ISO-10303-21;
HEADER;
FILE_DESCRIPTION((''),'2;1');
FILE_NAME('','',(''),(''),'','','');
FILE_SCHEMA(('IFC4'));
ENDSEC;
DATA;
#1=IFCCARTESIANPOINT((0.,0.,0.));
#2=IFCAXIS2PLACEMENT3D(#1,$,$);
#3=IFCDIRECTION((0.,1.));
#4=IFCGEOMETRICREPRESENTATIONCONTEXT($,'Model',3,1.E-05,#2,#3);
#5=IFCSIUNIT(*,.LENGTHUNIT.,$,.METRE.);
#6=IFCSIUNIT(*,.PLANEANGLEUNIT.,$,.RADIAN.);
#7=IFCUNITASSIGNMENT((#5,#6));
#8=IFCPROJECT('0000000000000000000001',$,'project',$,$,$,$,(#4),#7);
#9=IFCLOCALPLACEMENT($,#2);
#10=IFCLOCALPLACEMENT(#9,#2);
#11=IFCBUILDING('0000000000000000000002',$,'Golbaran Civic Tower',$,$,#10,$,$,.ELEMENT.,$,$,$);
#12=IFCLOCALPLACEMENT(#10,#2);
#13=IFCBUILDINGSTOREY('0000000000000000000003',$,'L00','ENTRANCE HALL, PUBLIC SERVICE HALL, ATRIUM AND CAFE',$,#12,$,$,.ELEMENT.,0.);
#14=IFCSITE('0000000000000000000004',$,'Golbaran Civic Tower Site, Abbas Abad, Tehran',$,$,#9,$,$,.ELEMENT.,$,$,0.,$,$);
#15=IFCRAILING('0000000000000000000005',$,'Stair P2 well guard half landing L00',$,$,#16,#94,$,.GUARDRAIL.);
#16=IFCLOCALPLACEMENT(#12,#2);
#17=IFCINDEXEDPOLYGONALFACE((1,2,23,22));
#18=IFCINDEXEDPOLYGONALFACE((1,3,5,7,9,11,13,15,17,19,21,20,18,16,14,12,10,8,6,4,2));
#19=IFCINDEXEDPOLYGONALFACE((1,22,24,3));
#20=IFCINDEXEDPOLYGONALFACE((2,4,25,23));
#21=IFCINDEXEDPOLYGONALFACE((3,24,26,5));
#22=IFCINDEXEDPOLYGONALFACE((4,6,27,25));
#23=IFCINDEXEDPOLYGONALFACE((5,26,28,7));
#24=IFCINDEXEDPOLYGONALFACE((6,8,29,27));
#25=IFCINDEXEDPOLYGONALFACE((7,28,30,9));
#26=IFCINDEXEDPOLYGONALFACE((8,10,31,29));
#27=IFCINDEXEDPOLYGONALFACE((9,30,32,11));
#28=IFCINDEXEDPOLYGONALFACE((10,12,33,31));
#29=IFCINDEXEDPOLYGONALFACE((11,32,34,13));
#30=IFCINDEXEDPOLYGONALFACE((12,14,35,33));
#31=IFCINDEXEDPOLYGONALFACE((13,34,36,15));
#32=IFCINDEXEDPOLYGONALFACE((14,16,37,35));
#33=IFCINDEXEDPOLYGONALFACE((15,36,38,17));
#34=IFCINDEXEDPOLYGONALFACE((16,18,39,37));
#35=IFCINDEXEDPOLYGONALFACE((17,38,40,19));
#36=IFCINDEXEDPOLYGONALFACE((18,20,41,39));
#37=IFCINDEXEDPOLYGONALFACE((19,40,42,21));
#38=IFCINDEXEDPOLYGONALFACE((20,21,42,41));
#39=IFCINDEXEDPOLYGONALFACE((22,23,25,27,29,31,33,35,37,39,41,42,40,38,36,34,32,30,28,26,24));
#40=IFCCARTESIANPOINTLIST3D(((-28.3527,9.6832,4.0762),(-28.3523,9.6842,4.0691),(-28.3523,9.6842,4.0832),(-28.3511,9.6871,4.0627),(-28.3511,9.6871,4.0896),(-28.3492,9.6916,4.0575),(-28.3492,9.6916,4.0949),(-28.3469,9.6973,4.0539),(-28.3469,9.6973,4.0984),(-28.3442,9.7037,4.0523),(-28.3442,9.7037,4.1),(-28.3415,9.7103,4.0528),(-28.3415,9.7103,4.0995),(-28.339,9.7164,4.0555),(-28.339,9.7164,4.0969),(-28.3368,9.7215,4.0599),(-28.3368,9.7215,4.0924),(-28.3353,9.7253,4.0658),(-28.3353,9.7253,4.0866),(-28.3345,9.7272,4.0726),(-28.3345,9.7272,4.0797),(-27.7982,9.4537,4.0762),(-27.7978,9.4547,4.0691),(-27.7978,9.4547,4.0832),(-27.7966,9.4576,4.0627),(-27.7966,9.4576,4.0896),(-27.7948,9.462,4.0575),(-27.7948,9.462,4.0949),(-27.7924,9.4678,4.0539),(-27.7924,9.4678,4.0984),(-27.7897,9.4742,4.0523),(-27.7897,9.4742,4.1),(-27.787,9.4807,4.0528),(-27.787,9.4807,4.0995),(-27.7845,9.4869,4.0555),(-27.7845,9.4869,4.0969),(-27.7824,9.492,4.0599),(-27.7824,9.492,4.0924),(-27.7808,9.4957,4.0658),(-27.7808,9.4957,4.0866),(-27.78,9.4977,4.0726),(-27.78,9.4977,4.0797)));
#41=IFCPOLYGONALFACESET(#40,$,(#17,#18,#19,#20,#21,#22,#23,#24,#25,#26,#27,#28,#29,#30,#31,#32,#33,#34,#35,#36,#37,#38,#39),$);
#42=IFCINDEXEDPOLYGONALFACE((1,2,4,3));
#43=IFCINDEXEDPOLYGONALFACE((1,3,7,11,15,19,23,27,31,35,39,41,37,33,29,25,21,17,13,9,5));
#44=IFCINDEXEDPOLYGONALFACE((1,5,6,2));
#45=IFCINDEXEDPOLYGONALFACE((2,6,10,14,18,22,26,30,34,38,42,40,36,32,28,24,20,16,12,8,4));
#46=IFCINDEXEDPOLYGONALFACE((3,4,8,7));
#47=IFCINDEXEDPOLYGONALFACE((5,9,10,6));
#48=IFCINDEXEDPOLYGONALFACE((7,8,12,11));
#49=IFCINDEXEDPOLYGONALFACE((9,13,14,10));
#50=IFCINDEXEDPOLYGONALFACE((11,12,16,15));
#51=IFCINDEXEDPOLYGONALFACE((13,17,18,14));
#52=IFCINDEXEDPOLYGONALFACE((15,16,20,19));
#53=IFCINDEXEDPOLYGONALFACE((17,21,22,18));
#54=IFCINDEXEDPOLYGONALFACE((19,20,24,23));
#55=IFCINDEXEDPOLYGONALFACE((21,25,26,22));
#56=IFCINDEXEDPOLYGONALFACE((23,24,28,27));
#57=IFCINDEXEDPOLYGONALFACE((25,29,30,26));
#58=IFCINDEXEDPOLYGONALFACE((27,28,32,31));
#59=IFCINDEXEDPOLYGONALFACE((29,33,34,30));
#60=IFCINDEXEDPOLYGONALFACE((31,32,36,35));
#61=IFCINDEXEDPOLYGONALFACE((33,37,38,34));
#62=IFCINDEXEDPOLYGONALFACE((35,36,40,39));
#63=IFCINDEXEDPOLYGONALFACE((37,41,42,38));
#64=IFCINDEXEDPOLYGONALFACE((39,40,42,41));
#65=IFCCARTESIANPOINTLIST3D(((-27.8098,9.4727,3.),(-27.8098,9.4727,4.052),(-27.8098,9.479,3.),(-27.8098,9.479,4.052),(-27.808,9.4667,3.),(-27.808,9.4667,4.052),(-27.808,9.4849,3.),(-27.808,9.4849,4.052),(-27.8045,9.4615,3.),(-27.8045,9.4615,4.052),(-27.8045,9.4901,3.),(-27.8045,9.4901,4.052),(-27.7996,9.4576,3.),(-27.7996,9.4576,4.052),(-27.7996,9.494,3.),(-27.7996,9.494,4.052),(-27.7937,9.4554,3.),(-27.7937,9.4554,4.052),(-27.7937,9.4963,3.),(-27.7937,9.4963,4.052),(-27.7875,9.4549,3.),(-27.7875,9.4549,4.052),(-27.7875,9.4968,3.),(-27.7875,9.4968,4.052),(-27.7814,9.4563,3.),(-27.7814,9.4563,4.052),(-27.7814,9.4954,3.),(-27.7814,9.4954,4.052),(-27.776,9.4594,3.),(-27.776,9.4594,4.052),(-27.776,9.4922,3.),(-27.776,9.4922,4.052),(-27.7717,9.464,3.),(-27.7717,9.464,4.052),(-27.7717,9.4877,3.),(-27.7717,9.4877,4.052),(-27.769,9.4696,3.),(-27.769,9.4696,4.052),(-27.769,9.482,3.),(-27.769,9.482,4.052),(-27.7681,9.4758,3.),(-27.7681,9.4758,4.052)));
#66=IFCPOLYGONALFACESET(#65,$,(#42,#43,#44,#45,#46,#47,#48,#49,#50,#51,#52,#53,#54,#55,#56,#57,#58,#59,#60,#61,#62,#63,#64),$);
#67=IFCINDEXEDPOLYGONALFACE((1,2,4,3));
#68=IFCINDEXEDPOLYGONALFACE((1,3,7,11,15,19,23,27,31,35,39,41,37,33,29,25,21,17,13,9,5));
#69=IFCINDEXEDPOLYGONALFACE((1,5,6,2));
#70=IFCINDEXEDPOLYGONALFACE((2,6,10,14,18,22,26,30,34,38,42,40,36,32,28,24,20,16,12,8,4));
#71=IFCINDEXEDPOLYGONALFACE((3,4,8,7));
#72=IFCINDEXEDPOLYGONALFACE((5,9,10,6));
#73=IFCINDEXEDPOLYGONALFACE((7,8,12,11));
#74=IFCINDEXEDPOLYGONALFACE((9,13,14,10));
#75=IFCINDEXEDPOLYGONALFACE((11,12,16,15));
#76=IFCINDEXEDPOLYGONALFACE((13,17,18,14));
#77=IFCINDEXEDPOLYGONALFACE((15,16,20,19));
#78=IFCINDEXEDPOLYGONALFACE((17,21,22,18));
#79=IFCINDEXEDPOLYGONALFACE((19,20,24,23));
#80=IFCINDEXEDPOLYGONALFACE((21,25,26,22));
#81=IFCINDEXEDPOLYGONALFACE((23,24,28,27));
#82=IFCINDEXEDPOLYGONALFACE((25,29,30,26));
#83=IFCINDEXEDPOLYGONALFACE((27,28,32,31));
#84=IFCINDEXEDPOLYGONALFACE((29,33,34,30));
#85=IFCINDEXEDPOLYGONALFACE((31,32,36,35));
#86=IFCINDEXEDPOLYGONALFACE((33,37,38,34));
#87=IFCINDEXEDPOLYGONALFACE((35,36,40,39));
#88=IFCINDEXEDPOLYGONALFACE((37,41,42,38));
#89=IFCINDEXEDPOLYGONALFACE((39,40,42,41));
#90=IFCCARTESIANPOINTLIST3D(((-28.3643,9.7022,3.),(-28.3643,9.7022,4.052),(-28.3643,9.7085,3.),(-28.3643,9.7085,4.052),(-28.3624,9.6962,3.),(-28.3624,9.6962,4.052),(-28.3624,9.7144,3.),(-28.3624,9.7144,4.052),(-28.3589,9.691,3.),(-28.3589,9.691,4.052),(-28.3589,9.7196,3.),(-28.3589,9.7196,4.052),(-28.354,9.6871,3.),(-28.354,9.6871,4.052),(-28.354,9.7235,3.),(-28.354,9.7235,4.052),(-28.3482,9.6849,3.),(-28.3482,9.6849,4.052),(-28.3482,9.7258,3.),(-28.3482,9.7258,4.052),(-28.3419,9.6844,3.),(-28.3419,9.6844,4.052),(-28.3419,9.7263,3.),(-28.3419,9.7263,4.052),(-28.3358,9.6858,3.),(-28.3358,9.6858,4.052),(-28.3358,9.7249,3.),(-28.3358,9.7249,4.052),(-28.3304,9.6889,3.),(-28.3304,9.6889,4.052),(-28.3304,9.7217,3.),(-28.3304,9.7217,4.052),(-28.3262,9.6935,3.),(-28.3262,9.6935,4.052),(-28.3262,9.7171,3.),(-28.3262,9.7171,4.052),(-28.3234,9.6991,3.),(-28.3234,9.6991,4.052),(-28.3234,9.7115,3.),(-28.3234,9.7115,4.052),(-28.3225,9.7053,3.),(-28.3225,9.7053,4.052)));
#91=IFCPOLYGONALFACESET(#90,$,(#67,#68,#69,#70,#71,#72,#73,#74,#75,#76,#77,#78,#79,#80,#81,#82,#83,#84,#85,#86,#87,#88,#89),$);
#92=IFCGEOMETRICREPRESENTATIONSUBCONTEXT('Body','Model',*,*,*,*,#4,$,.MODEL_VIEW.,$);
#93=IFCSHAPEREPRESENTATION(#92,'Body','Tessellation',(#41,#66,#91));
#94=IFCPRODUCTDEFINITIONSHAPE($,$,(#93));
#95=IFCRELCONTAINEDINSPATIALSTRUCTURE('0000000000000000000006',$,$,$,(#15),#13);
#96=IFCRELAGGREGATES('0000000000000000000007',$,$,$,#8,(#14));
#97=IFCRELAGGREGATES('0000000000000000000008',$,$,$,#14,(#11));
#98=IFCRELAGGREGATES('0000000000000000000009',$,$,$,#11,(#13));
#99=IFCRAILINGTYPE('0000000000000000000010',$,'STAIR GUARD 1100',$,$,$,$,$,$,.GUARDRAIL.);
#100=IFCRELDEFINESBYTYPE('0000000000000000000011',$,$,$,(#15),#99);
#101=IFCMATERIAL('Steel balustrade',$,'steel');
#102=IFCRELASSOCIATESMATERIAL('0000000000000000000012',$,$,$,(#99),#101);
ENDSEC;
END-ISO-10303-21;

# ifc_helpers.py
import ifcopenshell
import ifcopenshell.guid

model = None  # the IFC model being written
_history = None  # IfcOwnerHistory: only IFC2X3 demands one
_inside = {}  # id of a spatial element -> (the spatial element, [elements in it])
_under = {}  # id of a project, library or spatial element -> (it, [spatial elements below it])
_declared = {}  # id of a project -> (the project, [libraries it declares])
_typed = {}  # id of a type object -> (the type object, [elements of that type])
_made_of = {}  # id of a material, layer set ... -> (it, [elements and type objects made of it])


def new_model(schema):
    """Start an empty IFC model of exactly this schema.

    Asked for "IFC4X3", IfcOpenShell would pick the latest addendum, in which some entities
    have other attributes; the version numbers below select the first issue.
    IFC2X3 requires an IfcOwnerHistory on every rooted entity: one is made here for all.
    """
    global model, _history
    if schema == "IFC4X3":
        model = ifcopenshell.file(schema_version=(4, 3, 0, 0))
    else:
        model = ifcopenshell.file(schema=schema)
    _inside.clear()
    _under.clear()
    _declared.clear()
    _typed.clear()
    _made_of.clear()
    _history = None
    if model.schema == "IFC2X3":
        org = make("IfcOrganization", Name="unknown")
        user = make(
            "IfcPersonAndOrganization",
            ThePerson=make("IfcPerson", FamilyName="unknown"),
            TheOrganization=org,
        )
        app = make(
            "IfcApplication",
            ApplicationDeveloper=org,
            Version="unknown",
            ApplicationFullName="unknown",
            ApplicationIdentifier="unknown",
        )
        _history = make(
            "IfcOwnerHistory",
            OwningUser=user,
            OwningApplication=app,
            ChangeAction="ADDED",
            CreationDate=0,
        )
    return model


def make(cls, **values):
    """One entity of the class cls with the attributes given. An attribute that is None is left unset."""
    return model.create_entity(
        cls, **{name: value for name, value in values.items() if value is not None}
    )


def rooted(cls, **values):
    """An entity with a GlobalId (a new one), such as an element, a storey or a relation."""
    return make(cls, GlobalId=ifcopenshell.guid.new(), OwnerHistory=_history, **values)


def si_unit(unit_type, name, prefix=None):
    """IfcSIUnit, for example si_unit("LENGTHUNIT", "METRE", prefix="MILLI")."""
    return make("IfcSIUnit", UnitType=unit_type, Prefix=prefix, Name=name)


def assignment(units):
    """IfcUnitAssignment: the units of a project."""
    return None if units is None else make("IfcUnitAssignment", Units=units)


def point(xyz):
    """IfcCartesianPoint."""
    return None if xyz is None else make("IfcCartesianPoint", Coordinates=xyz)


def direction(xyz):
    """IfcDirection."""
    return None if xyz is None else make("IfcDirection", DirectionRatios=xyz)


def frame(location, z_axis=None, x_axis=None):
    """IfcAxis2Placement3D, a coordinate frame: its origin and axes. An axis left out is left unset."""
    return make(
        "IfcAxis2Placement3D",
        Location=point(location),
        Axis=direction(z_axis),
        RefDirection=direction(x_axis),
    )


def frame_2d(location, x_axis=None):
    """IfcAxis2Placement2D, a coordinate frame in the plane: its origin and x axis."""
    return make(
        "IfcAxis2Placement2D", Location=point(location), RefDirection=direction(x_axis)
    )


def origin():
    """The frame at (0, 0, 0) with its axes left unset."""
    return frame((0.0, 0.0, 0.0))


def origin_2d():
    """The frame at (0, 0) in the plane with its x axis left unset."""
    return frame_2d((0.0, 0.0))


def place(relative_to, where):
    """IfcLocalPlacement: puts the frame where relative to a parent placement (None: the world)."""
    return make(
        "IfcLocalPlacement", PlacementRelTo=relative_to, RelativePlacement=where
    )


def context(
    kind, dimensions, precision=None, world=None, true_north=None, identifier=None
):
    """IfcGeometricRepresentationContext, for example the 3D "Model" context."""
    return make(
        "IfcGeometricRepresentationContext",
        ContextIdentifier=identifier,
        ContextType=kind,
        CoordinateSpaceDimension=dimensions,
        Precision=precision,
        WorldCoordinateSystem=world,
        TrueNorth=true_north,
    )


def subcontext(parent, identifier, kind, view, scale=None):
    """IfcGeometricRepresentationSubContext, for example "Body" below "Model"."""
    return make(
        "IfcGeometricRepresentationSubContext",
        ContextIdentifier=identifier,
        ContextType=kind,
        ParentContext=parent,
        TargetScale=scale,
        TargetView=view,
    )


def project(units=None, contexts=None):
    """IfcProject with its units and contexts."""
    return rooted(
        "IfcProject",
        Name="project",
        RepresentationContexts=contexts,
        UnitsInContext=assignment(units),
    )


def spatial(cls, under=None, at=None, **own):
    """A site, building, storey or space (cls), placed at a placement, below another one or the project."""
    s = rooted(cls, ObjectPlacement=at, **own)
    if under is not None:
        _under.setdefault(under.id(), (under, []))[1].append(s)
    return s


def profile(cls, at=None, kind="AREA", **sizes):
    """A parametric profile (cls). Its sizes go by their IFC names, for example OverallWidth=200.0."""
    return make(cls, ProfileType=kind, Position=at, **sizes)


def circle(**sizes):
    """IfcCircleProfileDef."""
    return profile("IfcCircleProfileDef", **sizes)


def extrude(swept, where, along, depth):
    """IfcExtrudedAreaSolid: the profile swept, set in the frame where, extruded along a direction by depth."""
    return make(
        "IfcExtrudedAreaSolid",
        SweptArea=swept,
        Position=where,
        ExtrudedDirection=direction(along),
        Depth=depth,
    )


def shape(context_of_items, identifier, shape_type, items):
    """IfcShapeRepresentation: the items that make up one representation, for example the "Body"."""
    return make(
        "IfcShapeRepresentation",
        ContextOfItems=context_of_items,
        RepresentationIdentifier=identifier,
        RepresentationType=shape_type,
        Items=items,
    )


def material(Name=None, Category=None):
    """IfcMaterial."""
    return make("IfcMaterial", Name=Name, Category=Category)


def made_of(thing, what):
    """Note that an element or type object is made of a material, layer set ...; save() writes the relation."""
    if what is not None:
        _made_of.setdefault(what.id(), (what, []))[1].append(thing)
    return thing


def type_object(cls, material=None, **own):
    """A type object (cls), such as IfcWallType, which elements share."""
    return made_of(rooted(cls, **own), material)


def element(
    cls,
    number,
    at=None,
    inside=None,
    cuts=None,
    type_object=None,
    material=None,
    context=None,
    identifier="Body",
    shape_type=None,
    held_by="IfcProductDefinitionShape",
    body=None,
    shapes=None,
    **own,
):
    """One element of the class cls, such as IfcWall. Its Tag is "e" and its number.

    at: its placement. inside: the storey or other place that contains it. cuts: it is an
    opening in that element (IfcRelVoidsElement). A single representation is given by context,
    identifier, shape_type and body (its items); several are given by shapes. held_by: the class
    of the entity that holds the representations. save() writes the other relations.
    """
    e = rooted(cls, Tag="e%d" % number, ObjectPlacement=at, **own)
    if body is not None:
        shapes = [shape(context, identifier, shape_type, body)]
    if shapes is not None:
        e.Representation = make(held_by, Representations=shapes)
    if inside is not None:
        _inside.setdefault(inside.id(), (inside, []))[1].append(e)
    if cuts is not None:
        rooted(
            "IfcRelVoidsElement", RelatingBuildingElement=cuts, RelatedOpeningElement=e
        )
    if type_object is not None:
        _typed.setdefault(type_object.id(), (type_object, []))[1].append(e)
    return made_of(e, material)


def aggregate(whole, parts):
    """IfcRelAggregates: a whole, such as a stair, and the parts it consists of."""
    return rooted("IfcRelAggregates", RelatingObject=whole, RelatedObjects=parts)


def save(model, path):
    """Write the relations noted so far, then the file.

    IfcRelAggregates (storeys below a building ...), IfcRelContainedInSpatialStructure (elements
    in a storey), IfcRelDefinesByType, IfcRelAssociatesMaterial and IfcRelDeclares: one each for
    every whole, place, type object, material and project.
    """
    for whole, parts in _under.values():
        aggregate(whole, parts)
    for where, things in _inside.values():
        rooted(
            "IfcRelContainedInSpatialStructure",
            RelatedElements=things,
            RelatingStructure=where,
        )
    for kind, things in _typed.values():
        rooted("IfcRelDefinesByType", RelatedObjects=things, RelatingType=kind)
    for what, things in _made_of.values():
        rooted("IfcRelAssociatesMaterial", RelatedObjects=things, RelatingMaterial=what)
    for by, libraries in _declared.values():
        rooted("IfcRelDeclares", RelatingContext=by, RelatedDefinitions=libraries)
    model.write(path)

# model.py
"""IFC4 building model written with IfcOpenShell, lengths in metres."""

from ifc_helpers import new_model, si_unit, direction, frame, origin, origin_2d, place, context, subcontext, project, spatial, circle, extrude, material, type_object, element, save


model = new_model("IFC4")

# Units and contexts
model_context = context("Model", 3, precision=1e-05, world=origin(), true_north=direction((0.0, 1.0)))
body_context = subcontext(model_context, "Body", "Model", "MODEL_VIEW")
ifc_project = project(units=[si_unit("LENGTHUNIT", "METRE"), si_unit("PLANEANGLEUNIT", "RADIAN")], contexts=[model_context])

# Site, building, storey
site_placement = place(None, origin())
site = spatial("IfcSite", under=ifc_project, at=site_placement, Name="Golbaran Civic Tower Site, Abbas Abad, Tehran", CompositionType="ELEMENT", RefElevation=0.0)
building_placement = place(site_placement, origin())
building = spatial("IfcBuilding", under=site, at=building_placement, Name="Golbaran Civic Tower", CompositionType="ELEMENT")
storey_placement = place(building_placement, origin())
storey = spatial("IfcBuildingStorey", under=building, at=storey_placement, Name="L00", Description="ENTRANCE HALL, PUBLIC SERVICE HALL, ATRIUM AND CAFE", CompositionType="ELEMENT", Elevation=0.0)

# Railing
ifc_material_1 = material(Name="Steel balustrade", Category="steel")
railing_type_1 = type_object("IfcRailingType", Name="STAIR GUARD 1100", PredefinedType="GUARDRAIL", material=ifc_material_1)
railing_1_placement = place(storey_placement, frame((-27.7891, 9.4758, 3.0)))
element("IfcRailing", 1, at=railing_1_placement, inside=storey, type_object=railing_type_1, Name="Stair P2 well guard half landing L00", PredefinedType="GUARDRAIL", context=body_context, shape_type="SweptSolid", body=[
    extrude(circle(Radius=0.0239, at=origin_2d()), frame((0.0, 0.0, 1.0762), z_axis=(-0.923977, 0.382448, 0.0), x_axis=(-0.382448, -0.923977, 0.0)), (0.0, 0.0, 1.0), 0.6001),
    extrude(circle(Radius=0.021, at=origin_2d()), origin(), (0.0, 0.0, 1.0), 1.052),
    extrude(circle(Radius=0.021, at=origin_2d()), frame((-0.5544, 0.2295, 0.0)), (0.0, 0.0, 1.0), 1.052),
])

save(model, "model.ifc")
